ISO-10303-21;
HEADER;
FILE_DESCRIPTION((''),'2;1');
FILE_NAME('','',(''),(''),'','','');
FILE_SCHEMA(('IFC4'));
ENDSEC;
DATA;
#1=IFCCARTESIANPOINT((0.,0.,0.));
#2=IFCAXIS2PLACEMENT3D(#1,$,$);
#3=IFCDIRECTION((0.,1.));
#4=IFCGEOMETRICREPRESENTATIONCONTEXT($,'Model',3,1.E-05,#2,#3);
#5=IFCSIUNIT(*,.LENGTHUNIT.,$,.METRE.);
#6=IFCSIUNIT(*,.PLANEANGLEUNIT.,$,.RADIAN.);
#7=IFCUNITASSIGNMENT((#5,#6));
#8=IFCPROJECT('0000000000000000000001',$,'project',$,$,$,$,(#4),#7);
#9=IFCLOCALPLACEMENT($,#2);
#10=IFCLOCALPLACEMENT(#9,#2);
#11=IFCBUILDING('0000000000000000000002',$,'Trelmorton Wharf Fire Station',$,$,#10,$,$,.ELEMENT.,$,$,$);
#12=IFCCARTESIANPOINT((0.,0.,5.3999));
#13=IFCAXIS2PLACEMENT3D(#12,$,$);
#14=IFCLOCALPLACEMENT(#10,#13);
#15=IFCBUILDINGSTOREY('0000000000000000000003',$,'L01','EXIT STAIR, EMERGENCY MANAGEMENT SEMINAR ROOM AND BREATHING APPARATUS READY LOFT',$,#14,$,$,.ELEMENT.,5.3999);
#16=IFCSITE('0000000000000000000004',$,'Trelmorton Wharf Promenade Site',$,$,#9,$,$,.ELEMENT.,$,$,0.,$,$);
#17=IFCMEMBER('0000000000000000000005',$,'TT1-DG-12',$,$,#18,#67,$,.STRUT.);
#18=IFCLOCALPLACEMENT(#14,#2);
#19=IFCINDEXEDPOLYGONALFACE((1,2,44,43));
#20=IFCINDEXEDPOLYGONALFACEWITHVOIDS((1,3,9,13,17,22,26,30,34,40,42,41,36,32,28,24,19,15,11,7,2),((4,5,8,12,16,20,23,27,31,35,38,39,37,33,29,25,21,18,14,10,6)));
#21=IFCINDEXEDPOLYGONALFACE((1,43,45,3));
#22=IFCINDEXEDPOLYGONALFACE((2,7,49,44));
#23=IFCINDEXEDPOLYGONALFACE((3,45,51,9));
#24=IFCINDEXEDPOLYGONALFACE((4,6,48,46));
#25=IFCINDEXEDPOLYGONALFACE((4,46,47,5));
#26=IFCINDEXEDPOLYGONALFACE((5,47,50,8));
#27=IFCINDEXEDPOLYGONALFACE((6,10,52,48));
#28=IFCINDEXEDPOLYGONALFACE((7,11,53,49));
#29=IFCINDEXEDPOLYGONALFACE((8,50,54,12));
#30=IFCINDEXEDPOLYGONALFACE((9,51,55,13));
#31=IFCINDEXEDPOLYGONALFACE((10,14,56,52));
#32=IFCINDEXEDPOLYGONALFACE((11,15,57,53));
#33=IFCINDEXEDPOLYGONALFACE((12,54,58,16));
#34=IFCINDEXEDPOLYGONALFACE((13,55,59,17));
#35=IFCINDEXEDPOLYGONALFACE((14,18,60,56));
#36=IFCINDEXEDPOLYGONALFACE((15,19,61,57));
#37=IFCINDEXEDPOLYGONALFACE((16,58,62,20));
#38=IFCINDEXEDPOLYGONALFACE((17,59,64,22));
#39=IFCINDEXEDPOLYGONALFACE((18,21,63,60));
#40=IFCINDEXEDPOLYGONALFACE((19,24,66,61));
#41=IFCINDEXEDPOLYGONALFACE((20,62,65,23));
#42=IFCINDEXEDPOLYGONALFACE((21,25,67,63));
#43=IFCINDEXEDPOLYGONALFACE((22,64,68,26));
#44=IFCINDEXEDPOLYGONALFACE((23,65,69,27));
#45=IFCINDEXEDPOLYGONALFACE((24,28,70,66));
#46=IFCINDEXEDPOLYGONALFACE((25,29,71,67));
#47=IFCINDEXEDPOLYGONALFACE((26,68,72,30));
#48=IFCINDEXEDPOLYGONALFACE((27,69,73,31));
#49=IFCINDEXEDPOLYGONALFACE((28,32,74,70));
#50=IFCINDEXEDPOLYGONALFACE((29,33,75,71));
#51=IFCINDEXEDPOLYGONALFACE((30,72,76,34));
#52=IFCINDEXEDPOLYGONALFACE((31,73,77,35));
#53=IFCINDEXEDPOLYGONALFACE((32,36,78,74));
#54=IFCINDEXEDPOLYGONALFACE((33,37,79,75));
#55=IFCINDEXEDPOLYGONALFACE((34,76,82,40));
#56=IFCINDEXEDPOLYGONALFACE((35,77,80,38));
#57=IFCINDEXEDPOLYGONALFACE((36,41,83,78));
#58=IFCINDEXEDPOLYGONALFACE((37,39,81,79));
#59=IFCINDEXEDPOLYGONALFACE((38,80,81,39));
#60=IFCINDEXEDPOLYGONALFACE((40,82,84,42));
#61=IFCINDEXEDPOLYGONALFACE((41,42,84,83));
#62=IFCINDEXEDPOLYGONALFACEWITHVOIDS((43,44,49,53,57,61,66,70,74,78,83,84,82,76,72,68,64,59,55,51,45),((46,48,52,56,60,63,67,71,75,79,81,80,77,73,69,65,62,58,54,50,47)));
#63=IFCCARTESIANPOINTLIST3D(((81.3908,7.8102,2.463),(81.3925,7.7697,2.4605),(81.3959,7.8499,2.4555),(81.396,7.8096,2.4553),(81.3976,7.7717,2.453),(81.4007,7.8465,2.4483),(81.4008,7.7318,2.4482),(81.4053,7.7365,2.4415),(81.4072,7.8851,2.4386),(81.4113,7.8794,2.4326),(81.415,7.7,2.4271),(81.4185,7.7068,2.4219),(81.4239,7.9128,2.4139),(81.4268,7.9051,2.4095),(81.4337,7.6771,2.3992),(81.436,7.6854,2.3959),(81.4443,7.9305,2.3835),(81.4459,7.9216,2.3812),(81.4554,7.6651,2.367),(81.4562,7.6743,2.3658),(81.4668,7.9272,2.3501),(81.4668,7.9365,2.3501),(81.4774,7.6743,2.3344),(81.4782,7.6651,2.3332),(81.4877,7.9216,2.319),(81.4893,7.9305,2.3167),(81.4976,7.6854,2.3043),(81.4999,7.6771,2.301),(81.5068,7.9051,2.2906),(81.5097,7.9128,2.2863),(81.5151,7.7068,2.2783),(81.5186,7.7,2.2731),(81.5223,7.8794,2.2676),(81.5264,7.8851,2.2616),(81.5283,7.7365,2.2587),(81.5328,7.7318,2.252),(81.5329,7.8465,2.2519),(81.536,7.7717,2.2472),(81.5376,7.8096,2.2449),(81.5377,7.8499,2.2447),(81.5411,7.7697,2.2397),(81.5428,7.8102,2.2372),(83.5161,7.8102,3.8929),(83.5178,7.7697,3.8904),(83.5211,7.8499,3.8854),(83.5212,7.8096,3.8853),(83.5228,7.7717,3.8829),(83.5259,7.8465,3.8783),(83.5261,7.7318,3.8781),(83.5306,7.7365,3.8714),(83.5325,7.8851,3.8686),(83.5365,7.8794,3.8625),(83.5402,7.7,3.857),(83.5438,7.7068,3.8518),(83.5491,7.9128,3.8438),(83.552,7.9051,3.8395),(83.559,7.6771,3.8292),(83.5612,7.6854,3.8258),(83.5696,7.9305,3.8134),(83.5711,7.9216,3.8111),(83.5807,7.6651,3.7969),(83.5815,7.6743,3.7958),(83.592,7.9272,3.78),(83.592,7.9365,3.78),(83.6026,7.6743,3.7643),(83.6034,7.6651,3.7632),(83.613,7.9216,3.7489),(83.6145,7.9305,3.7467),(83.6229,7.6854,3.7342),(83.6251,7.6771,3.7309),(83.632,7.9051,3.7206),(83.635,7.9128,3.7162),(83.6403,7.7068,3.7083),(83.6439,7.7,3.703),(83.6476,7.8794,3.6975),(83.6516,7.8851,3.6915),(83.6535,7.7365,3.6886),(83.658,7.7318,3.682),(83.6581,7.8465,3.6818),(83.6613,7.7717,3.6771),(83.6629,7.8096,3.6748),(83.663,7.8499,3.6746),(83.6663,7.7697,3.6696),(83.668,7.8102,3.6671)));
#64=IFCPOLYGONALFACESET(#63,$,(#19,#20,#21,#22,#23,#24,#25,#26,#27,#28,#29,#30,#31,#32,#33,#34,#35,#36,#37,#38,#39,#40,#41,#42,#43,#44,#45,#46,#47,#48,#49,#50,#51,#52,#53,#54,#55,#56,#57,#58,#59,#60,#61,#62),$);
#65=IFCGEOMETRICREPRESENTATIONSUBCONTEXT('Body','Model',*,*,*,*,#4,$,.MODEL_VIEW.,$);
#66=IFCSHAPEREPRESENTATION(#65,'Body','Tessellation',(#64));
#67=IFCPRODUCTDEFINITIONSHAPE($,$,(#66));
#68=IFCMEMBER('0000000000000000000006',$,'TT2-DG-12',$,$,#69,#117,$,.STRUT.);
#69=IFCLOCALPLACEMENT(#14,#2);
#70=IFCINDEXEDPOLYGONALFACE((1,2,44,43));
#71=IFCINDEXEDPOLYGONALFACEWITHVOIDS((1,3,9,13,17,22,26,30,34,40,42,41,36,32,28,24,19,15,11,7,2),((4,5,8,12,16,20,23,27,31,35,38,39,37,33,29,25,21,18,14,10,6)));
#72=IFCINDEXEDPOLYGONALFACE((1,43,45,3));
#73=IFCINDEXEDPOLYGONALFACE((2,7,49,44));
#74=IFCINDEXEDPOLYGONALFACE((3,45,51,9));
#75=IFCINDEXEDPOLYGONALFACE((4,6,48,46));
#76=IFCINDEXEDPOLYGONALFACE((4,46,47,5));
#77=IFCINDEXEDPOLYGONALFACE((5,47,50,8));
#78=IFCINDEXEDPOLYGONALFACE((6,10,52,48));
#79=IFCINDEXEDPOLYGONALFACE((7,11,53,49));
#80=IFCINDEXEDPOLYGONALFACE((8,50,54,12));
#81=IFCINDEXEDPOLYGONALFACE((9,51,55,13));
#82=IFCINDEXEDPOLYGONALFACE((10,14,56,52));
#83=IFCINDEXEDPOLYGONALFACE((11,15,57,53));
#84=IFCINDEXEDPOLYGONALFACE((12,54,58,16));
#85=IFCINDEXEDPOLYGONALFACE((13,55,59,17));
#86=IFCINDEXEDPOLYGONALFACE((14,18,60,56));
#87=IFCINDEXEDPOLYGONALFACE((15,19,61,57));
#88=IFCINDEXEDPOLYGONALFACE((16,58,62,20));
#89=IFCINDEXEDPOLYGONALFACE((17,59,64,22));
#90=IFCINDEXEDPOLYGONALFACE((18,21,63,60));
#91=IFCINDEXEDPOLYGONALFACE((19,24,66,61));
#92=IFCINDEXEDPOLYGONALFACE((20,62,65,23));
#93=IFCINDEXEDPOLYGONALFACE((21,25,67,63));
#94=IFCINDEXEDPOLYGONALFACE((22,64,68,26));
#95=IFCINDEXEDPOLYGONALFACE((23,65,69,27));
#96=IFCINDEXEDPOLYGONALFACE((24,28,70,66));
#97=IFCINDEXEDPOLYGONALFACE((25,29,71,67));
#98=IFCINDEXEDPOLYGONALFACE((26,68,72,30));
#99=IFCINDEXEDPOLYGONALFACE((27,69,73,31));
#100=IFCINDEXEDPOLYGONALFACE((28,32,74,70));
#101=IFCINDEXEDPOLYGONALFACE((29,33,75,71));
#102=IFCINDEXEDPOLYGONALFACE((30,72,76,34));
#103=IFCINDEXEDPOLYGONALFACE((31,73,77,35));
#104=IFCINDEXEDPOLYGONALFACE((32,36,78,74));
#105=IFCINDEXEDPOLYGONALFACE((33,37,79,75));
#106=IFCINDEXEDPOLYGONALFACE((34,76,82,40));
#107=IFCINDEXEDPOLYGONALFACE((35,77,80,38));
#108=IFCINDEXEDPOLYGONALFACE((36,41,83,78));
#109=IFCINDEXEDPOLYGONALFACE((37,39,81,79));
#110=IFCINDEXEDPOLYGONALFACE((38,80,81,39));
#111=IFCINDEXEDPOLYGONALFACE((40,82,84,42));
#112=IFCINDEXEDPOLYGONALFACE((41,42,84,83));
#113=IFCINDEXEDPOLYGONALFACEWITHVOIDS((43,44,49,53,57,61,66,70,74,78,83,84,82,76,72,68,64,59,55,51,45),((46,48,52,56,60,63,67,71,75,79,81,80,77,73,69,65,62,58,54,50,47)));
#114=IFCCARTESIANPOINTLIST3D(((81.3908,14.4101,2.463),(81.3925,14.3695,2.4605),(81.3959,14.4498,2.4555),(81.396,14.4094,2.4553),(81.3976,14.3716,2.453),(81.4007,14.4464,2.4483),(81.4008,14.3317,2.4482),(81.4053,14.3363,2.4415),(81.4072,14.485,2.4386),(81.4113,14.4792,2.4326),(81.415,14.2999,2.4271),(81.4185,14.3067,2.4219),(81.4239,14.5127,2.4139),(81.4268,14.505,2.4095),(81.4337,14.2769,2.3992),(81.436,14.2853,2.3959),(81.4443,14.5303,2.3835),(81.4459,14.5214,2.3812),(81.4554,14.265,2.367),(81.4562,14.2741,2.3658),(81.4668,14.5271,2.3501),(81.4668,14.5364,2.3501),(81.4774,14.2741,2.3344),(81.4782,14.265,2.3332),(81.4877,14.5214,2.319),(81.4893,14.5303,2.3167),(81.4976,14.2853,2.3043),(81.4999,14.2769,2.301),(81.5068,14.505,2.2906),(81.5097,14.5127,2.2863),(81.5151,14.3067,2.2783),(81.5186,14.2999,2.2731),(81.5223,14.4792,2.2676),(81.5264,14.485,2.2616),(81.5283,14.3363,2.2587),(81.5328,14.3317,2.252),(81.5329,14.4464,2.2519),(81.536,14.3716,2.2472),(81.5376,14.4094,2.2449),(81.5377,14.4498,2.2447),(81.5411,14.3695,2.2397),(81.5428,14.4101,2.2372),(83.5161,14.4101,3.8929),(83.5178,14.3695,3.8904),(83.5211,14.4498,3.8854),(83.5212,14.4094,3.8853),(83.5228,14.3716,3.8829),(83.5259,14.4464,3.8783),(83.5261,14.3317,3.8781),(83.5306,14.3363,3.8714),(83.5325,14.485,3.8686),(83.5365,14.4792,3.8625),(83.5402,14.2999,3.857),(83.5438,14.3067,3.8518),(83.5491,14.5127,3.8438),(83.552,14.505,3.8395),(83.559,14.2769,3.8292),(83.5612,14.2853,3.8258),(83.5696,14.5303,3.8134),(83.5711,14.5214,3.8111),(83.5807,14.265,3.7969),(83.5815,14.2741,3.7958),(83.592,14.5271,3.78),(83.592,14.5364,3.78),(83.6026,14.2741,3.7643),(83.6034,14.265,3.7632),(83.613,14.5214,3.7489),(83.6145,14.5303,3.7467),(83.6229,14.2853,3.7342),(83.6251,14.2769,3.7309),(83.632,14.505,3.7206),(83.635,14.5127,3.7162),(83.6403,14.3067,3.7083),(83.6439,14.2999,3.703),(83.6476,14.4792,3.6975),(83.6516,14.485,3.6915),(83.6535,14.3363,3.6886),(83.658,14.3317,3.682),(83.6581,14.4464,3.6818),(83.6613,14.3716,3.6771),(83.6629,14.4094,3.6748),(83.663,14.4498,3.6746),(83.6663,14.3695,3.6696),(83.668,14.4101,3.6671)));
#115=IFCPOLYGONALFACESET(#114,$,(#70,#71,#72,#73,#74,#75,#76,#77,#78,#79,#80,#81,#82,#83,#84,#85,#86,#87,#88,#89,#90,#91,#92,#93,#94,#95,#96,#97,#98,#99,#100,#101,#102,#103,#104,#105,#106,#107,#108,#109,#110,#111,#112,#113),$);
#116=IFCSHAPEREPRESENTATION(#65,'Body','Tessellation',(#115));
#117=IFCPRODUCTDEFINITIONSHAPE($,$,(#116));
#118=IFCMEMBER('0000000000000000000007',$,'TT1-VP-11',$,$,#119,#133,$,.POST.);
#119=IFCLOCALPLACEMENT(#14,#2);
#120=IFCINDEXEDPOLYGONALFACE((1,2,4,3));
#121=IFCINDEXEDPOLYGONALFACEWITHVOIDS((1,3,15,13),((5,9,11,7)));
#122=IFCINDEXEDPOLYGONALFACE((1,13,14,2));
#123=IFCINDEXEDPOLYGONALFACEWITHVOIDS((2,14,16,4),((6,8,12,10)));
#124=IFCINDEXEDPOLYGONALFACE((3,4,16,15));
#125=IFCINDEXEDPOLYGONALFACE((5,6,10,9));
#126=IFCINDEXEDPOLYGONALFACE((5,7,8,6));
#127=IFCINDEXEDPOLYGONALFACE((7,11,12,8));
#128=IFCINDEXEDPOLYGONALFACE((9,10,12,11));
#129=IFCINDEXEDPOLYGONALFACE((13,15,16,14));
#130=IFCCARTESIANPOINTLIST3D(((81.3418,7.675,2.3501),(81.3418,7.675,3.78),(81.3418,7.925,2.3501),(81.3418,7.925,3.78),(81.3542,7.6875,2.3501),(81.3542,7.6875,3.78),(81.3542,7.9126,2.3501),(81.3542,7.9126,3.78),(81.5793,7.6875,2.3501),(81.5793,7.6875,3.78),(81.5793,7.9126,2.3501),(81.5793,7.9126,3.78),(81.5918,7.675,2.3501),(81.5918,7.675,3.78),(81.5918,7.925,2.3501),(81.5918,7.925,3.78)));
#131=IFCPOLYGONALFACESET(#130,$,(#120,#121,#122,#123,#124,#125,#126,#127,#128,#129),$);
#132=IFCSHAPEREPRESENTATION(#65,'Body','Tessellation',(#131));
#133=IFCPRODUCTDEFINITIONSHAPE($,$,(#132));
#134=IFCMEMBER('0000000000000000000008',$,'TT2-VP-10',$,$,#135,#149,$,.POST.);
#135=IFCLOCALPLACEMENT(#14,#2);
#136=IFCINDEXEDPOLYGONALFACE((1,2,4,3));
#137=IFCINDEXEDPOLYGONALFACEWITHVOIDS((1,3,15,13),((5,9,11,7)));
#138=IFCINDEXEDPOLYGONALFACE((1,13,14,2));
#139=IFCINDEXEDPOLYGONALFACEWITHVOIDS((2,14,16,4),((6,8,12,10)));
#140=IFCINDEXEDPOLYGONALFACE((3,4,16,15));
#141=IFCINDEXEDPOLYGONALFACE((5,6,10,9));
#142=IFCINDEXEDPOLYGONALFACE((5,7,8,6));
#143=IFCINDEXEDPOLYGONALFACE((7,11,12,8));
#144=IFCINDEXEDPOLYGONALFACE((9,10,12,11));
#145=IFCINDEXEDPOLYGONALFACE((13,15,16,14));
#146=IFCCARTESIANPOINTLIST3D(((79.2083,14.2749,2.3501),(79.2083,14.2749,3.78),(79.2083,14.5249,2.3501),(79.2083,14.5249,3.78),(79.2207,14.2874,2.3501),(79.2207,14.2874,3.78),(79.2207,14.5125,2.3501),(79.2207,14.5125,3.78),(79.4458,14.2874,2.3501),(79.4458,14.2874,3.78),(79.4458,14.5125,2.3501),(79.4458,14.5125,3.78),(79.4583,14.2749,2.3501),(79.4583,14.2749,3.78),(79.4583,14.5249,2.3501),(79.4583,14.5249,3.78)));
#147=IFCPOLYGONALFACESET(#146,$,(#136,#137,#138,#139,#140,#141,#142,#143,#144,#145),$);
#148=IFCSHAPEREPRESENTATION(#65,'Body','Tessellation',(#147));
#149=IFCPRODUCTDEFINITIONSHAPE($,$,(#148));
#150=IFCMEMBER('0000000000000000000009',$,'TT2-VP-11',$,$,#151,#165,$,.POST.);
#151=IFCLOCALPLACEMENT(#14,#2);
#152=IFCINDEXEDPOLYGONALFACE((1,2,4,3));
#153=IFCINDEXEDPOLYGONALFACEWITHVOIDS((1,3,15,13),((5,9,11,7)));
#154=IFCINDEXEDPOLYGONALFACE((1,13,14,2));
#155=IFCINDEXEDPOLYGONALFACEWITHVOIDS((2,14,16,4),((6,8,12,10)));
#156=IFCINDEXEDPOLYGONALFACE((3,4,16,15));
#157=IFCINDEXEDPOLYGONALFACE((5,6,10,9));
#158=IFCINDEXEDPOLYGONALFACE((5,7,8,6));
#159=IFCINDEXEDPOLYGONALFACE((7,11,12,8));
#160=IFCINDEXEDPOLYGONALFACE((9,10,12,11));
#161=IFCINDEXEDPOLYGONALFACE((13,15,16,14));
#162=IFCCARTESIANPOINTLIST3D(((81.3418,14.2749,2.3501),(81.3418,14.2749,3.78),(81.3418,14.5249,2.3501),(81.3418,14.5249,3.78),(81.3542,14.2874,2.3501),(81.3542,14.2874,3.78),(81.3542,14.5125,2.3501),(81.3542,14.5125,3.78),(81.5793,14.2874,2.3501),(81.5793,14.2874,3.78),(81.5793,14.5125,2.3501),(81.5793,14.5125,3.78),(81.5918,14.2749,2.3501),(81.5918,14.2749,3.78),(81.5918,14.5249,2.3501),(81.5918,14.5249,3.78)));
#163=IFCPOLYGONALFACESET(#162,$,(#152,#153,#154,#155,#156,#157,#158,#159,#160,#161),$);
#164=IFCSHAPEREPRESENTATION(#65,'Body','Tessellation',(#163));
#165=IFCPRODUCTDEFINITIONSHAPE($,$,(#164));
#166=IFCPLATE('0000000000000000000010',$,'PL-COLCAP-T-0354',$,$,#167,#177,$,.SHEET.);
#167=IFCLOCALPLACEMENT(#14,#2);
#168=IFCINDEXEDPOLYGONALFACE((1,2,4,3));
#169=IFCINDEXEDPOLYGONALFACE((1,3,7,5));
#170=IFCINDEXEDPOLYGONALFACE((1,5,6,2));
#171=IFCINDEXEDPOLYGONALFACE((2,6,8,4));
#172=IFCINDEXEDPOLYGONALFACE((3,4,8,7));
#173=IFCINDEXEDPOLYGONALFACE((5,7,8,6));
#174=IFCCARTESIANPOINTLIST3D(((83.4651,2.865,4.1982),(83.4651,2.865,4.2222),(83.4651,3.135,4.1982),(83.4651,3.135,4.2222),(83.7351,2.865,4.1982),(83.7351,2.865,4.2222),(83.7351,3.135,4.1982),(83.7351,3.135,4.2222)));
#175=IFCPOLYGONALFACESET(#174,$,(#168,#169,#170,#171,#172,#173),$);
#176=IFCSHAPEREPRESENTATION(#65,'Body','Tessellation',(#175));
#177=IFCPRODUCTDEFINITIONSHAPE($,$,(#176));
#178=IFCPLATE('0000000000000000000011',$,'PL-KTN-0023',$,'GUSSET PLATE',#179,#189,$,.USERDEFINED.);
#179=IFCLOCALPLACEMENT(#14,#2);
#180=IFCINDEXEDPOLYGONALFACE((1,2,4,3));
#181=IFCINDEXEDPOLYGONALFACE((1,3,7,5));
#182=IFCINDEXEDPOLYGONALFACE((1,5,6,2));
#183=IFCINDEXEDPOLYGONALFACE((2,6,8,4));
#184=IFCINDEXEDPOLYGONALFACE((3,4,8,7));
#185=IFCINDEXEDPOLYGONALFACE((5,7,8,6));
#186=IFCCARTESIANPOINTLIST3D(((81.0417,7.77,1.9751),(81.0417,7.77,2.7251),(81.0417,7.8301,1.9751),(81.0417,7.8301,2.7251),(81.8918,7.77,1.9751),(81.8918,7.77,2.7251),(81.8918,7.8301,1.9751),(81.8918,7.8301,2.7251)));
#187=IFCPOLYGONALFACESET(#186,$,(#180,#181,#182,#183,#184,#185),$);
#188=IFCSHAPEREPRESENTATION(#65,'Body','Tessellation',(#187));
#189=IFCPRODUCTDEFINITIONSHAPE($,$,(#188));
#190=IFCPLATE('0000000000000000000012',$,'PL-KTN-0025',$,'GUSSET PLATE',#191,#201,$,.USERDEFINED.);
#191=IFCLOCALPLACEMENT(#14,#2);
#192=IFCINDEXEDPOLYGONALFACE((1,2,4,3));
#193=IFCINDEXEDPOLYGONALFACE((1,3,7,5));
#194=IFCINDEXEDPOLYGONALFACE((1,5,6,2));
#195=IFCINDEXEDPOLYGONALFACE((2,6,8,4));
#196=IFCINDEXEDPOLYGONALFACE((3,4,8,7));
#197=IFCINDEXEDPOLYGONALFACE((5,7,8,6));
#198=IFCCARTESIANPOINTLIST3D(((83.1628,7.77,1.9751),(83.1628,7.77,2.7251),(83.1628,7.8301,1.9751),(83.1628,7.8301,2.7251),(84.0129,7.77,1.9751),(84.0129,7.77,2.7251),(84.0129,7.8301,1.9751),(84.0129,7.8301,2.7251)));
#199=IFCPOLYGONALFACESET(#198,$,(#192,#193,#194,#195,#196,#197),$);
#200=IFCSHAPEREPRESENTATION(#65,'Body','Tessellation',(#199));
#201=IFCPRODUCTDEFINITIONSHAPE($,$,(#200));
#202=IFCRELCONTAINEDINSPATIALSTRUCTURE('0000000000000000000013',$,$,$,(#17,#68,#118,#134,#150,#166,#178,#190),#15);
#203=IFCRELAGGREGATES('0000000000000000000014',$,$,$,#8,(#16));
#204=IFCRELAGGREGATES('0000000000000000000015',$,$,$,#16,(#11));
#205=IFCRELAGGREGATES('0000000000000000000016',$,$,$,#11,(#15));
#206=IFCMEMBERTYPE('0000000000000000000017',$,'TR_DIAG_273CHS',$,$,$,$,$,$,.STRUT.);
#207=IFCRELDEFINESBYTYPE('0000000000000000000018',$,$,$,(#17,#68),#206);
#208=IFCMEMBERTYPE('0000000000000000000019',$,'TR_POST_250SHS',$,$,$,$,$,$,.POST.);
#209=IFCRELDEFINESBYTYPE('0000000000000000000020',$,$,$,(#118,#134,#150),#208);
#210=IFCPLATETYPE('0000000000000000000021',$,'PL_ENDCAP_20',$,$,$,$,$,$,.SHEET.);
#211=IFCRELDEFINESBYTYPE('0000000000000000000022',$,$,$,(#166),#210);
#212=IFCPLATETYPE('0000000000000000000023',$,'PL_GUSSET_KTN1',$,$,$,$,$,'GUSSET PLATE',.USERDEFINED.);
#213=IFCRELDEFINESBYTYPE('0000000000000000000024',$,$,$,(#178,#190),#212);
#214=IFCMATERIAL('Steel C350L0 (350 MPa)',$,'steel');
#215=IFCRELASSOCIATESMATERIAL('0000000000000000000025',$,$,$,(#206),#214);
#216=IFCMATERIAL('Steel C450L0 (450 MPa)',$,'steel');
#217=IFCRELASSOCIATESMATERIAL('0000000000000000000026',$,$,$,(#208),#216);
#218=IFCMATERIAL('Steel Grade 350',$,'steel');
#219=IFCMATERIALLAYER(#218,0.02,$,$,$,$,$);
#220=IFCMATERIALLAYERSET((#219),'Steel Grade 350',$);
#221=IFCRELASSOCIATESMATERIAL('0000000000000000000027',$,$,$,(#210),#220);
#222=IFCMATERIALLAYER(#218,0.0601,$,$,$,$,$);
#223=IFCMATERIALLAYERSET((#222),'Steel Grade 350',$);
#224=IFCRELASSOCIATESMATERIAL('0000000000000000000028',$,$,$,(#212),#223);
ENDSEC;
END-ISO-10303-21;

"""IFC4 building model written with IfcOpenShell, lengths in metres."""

from ifc_helpers import new_model, si_unit, direction, frame, origin, origin_2d, place, context, subcontext, project, spatial, rectangle, hollow_rectangle, hollow_circle, extrude, material, layer, layer_set, material_profile, profile_set, type_object, element, save


model = new_model("IFC4")

# Units and contexts
model_context = context("Model", 3, precision=1e-05, world=origin(), true_north=direction((0.0, 1.0)))
body_context = subcontext(model_context, "Body", "Model", "MODEL_VIEW")
ifc_project = project(units=[si_unit("LENGTHUNIT", "METRE"), si_unit("PLANEANGLEUNIT", "RADIAN")], contexts=[model_context])

# Site, building, storey
site_placement = place(None, origin())
site = spatial("IfcSite", under=ifc_project, at=site_placement, Name="Trelmorton Wharf Promenade Site", CompositionType="ELEMENT", RefElevation=0.0)
building_placement = place(site_placement, origin())
building = spatial("IfcBuilding", under=site, at=building_placement, Name="Trelmorton Wharf Fire Station", CompositionType="ELEMENT")
storey_placement = place(building_placement, frame((0.0, 0.0, 5.3999)))
storey = spatial("IfcBuildingStorey", under=building, at=storey_placement, Name="L01", Description="EXIT STAIR, EMERGENCY MANAGEMENT SEMINAR ROOM AND BREATHING APPARATUS READY LOFT", CompositionType="ELEMENT", Elevation=5.3999)

# Shared definitions
ifc_material_1 = material(Name="Steel Grade 350", Category="steel")

# Members
ifc_material_2 = material(Name="Steel C350L0 (350 MPa)", Category="steel")
ifc_material_3 = material(Name="Steel C450L0 (450 MPa)", Category="steel")
ifc_material_profile_1 = material_profile(ifc_material_2, hollow_circle(Radius=0.1365, WallThickness=0.0093, at=origin_2d()), Name="273.1x9.3CHS")
ifc_profile_set_1 = profile_set([ifc_material_profile_1], Name="Steel C350L0 (350 MPa)")
member_type_1 = type_object("IfcMemberType", Name="TR_DIAG_273CHS", PredefinedType="STRUT", material=ifc_profile_set_1)
for number, where, z_axis, x_axis, name in (
    (1, (81.4668, 7.8, 2.3501), (0.829682, 0.0, 0.558236), (0.0, 1.0, 0.0), "TT1-DG-12"),
    (2, (81.4668, 14.3999, 2.3501), (0.829682, 0.0, 0.558236), (0.0, 1.0, 0.0), "TT2-DG-12"),
):
    element("IfcMember", number, at=place(storey_placement, frame(where, z_axis=z_axis, x_axis=x_axis)), inside=storey, type_object=member_type_1, Name=name, PredefinedType="STRUT", context=body_context, shape_type="SweptSolid", body=[
        extrude(hollow_circle(Radius=0.1365, WallThickness=0.0093, at=origin_2d()), origin(), (0.0, 0.0, 1.0), 2.5615),
    ])
ifc_material_profile_2 = material_profile(ifc_material_3, hollow_rectangle(XDim=0.25, YDim=0.25, WallThickness=0.0125, at=origin_2d()), Name="250x250x12.5SHS")
ifc_profile_set_2 = profile_set([ifc_material_profile_2], Name="Steel C450L0 (450 MPa)")
member_type_2 = type_object("IfcMemberType", Name="TR_POST_250SHS", PredefinedType="POST", material=ifc_profile_set_2)
for number, where, z_axis, x_axis, name in (
    (3, (81.4668, 7.8, 2.3501), (0.0, 0.0, 1.0), (1.0, 0.0, 0.0), "TT1-VP-11"),
    (4, (79.3333, 14.3999, 2.3501), (0.0, 0.0, 1.0), (1.0, 0.0, 0.0), "TT2-VP-10"),
    (5, (81.4668, 14.3999, 2.3501), (0.0, 0.0, 1.0), (1.0, 0.0, 0.0), "TT2-VP-11"),
):
    element("IfcMember", number, at=place(storey_placement, frame(where, z_axis=z_axis, x_axis=x_axis)), inside=storey, type_object=member_type_2, Name=name, PredefinedType="POST", context=body_context, shape_type="SweptSolid", body=[
        extrude(hollow_rectangle(XDim=0.25, YDim=0.25, WallThickness=0.0125, at=origin_2d()), origin(), (0.0, 0.0, 1.0), 1.4299),
    ])

# Plates
ifc_layer_1 = layer(ifc_material_1, 0.02)
ifc_layer_set_1 = layer_set([ifc_layer_1], Name="Steel Grade 350")
plate_type_1 = type_object("IfcPlateType", Name="PL_ENDCAP_20", PredefinedType="SHEET", material=ifc_layer_set_1)
plate_placement = place(storey_placement, frame((83.6001, 3.0, 4.1982), z_axis=(0.0, 0.0, 1.0), x_axis=(1.0, 0.0, 0.0)))
element("IfcPlate", 6, at=plate_placement, inside=storey, type_object=plate_type_1, Name="PL-COLCAP-T-0354", PredefinedType="SHEET", context=body_context, shape_type="SweptSolid", body=[
    extrude(rectangle(XDim=0.27, YDim=0.27, at=origin_2d()), origin(), (0.0, 0.0, 1.0), 0.0239),
])
ifc_layer_2 = layer(ifc_material_1, 0.0601)
ifc_layer_set_2 = layer_set([ifc_layer_2], Name="Steel Grade 350")
plate_type_2 = type_object("IfcPlateType", Name="PL_GUSSET_KTN1", ElementType="GUSSET PLATE", PredefinedType="USERDEFINED", material=ifc_layer_set_2)
for number, where, z_axis, x_axis, name in (
    (7, (81.4668, 7.8, 1.9751), (0.0, 0.0, 1.0), (1.0, 0.0, 0.0), "PL-KTN-0023"),
    (8, (83.5879, 7.8, 1.9751), (0.0, 0.0, 1.0), (1.0, 0.0, 0.0), "PL-KTN-0025"),
):
    element("IfcPlate", number, at=place(storey_placement, frame(where, z_axis=z_axis, x_axis=x_axis)), inside=storey, type_object=plate_type_2, Name=name, ObjectType="GUSSET PLATE", PredefinedType="USERDEFINED", context=body_context, shape_type="SweptSolid", body=[
        extrude(rectangle(XDim=0.8501, YDim=0.0601, at=origin_2d()), origin(), (0.0, 0.0, 1.0), 0.75),
    ])

save(model, "model.ifc")
